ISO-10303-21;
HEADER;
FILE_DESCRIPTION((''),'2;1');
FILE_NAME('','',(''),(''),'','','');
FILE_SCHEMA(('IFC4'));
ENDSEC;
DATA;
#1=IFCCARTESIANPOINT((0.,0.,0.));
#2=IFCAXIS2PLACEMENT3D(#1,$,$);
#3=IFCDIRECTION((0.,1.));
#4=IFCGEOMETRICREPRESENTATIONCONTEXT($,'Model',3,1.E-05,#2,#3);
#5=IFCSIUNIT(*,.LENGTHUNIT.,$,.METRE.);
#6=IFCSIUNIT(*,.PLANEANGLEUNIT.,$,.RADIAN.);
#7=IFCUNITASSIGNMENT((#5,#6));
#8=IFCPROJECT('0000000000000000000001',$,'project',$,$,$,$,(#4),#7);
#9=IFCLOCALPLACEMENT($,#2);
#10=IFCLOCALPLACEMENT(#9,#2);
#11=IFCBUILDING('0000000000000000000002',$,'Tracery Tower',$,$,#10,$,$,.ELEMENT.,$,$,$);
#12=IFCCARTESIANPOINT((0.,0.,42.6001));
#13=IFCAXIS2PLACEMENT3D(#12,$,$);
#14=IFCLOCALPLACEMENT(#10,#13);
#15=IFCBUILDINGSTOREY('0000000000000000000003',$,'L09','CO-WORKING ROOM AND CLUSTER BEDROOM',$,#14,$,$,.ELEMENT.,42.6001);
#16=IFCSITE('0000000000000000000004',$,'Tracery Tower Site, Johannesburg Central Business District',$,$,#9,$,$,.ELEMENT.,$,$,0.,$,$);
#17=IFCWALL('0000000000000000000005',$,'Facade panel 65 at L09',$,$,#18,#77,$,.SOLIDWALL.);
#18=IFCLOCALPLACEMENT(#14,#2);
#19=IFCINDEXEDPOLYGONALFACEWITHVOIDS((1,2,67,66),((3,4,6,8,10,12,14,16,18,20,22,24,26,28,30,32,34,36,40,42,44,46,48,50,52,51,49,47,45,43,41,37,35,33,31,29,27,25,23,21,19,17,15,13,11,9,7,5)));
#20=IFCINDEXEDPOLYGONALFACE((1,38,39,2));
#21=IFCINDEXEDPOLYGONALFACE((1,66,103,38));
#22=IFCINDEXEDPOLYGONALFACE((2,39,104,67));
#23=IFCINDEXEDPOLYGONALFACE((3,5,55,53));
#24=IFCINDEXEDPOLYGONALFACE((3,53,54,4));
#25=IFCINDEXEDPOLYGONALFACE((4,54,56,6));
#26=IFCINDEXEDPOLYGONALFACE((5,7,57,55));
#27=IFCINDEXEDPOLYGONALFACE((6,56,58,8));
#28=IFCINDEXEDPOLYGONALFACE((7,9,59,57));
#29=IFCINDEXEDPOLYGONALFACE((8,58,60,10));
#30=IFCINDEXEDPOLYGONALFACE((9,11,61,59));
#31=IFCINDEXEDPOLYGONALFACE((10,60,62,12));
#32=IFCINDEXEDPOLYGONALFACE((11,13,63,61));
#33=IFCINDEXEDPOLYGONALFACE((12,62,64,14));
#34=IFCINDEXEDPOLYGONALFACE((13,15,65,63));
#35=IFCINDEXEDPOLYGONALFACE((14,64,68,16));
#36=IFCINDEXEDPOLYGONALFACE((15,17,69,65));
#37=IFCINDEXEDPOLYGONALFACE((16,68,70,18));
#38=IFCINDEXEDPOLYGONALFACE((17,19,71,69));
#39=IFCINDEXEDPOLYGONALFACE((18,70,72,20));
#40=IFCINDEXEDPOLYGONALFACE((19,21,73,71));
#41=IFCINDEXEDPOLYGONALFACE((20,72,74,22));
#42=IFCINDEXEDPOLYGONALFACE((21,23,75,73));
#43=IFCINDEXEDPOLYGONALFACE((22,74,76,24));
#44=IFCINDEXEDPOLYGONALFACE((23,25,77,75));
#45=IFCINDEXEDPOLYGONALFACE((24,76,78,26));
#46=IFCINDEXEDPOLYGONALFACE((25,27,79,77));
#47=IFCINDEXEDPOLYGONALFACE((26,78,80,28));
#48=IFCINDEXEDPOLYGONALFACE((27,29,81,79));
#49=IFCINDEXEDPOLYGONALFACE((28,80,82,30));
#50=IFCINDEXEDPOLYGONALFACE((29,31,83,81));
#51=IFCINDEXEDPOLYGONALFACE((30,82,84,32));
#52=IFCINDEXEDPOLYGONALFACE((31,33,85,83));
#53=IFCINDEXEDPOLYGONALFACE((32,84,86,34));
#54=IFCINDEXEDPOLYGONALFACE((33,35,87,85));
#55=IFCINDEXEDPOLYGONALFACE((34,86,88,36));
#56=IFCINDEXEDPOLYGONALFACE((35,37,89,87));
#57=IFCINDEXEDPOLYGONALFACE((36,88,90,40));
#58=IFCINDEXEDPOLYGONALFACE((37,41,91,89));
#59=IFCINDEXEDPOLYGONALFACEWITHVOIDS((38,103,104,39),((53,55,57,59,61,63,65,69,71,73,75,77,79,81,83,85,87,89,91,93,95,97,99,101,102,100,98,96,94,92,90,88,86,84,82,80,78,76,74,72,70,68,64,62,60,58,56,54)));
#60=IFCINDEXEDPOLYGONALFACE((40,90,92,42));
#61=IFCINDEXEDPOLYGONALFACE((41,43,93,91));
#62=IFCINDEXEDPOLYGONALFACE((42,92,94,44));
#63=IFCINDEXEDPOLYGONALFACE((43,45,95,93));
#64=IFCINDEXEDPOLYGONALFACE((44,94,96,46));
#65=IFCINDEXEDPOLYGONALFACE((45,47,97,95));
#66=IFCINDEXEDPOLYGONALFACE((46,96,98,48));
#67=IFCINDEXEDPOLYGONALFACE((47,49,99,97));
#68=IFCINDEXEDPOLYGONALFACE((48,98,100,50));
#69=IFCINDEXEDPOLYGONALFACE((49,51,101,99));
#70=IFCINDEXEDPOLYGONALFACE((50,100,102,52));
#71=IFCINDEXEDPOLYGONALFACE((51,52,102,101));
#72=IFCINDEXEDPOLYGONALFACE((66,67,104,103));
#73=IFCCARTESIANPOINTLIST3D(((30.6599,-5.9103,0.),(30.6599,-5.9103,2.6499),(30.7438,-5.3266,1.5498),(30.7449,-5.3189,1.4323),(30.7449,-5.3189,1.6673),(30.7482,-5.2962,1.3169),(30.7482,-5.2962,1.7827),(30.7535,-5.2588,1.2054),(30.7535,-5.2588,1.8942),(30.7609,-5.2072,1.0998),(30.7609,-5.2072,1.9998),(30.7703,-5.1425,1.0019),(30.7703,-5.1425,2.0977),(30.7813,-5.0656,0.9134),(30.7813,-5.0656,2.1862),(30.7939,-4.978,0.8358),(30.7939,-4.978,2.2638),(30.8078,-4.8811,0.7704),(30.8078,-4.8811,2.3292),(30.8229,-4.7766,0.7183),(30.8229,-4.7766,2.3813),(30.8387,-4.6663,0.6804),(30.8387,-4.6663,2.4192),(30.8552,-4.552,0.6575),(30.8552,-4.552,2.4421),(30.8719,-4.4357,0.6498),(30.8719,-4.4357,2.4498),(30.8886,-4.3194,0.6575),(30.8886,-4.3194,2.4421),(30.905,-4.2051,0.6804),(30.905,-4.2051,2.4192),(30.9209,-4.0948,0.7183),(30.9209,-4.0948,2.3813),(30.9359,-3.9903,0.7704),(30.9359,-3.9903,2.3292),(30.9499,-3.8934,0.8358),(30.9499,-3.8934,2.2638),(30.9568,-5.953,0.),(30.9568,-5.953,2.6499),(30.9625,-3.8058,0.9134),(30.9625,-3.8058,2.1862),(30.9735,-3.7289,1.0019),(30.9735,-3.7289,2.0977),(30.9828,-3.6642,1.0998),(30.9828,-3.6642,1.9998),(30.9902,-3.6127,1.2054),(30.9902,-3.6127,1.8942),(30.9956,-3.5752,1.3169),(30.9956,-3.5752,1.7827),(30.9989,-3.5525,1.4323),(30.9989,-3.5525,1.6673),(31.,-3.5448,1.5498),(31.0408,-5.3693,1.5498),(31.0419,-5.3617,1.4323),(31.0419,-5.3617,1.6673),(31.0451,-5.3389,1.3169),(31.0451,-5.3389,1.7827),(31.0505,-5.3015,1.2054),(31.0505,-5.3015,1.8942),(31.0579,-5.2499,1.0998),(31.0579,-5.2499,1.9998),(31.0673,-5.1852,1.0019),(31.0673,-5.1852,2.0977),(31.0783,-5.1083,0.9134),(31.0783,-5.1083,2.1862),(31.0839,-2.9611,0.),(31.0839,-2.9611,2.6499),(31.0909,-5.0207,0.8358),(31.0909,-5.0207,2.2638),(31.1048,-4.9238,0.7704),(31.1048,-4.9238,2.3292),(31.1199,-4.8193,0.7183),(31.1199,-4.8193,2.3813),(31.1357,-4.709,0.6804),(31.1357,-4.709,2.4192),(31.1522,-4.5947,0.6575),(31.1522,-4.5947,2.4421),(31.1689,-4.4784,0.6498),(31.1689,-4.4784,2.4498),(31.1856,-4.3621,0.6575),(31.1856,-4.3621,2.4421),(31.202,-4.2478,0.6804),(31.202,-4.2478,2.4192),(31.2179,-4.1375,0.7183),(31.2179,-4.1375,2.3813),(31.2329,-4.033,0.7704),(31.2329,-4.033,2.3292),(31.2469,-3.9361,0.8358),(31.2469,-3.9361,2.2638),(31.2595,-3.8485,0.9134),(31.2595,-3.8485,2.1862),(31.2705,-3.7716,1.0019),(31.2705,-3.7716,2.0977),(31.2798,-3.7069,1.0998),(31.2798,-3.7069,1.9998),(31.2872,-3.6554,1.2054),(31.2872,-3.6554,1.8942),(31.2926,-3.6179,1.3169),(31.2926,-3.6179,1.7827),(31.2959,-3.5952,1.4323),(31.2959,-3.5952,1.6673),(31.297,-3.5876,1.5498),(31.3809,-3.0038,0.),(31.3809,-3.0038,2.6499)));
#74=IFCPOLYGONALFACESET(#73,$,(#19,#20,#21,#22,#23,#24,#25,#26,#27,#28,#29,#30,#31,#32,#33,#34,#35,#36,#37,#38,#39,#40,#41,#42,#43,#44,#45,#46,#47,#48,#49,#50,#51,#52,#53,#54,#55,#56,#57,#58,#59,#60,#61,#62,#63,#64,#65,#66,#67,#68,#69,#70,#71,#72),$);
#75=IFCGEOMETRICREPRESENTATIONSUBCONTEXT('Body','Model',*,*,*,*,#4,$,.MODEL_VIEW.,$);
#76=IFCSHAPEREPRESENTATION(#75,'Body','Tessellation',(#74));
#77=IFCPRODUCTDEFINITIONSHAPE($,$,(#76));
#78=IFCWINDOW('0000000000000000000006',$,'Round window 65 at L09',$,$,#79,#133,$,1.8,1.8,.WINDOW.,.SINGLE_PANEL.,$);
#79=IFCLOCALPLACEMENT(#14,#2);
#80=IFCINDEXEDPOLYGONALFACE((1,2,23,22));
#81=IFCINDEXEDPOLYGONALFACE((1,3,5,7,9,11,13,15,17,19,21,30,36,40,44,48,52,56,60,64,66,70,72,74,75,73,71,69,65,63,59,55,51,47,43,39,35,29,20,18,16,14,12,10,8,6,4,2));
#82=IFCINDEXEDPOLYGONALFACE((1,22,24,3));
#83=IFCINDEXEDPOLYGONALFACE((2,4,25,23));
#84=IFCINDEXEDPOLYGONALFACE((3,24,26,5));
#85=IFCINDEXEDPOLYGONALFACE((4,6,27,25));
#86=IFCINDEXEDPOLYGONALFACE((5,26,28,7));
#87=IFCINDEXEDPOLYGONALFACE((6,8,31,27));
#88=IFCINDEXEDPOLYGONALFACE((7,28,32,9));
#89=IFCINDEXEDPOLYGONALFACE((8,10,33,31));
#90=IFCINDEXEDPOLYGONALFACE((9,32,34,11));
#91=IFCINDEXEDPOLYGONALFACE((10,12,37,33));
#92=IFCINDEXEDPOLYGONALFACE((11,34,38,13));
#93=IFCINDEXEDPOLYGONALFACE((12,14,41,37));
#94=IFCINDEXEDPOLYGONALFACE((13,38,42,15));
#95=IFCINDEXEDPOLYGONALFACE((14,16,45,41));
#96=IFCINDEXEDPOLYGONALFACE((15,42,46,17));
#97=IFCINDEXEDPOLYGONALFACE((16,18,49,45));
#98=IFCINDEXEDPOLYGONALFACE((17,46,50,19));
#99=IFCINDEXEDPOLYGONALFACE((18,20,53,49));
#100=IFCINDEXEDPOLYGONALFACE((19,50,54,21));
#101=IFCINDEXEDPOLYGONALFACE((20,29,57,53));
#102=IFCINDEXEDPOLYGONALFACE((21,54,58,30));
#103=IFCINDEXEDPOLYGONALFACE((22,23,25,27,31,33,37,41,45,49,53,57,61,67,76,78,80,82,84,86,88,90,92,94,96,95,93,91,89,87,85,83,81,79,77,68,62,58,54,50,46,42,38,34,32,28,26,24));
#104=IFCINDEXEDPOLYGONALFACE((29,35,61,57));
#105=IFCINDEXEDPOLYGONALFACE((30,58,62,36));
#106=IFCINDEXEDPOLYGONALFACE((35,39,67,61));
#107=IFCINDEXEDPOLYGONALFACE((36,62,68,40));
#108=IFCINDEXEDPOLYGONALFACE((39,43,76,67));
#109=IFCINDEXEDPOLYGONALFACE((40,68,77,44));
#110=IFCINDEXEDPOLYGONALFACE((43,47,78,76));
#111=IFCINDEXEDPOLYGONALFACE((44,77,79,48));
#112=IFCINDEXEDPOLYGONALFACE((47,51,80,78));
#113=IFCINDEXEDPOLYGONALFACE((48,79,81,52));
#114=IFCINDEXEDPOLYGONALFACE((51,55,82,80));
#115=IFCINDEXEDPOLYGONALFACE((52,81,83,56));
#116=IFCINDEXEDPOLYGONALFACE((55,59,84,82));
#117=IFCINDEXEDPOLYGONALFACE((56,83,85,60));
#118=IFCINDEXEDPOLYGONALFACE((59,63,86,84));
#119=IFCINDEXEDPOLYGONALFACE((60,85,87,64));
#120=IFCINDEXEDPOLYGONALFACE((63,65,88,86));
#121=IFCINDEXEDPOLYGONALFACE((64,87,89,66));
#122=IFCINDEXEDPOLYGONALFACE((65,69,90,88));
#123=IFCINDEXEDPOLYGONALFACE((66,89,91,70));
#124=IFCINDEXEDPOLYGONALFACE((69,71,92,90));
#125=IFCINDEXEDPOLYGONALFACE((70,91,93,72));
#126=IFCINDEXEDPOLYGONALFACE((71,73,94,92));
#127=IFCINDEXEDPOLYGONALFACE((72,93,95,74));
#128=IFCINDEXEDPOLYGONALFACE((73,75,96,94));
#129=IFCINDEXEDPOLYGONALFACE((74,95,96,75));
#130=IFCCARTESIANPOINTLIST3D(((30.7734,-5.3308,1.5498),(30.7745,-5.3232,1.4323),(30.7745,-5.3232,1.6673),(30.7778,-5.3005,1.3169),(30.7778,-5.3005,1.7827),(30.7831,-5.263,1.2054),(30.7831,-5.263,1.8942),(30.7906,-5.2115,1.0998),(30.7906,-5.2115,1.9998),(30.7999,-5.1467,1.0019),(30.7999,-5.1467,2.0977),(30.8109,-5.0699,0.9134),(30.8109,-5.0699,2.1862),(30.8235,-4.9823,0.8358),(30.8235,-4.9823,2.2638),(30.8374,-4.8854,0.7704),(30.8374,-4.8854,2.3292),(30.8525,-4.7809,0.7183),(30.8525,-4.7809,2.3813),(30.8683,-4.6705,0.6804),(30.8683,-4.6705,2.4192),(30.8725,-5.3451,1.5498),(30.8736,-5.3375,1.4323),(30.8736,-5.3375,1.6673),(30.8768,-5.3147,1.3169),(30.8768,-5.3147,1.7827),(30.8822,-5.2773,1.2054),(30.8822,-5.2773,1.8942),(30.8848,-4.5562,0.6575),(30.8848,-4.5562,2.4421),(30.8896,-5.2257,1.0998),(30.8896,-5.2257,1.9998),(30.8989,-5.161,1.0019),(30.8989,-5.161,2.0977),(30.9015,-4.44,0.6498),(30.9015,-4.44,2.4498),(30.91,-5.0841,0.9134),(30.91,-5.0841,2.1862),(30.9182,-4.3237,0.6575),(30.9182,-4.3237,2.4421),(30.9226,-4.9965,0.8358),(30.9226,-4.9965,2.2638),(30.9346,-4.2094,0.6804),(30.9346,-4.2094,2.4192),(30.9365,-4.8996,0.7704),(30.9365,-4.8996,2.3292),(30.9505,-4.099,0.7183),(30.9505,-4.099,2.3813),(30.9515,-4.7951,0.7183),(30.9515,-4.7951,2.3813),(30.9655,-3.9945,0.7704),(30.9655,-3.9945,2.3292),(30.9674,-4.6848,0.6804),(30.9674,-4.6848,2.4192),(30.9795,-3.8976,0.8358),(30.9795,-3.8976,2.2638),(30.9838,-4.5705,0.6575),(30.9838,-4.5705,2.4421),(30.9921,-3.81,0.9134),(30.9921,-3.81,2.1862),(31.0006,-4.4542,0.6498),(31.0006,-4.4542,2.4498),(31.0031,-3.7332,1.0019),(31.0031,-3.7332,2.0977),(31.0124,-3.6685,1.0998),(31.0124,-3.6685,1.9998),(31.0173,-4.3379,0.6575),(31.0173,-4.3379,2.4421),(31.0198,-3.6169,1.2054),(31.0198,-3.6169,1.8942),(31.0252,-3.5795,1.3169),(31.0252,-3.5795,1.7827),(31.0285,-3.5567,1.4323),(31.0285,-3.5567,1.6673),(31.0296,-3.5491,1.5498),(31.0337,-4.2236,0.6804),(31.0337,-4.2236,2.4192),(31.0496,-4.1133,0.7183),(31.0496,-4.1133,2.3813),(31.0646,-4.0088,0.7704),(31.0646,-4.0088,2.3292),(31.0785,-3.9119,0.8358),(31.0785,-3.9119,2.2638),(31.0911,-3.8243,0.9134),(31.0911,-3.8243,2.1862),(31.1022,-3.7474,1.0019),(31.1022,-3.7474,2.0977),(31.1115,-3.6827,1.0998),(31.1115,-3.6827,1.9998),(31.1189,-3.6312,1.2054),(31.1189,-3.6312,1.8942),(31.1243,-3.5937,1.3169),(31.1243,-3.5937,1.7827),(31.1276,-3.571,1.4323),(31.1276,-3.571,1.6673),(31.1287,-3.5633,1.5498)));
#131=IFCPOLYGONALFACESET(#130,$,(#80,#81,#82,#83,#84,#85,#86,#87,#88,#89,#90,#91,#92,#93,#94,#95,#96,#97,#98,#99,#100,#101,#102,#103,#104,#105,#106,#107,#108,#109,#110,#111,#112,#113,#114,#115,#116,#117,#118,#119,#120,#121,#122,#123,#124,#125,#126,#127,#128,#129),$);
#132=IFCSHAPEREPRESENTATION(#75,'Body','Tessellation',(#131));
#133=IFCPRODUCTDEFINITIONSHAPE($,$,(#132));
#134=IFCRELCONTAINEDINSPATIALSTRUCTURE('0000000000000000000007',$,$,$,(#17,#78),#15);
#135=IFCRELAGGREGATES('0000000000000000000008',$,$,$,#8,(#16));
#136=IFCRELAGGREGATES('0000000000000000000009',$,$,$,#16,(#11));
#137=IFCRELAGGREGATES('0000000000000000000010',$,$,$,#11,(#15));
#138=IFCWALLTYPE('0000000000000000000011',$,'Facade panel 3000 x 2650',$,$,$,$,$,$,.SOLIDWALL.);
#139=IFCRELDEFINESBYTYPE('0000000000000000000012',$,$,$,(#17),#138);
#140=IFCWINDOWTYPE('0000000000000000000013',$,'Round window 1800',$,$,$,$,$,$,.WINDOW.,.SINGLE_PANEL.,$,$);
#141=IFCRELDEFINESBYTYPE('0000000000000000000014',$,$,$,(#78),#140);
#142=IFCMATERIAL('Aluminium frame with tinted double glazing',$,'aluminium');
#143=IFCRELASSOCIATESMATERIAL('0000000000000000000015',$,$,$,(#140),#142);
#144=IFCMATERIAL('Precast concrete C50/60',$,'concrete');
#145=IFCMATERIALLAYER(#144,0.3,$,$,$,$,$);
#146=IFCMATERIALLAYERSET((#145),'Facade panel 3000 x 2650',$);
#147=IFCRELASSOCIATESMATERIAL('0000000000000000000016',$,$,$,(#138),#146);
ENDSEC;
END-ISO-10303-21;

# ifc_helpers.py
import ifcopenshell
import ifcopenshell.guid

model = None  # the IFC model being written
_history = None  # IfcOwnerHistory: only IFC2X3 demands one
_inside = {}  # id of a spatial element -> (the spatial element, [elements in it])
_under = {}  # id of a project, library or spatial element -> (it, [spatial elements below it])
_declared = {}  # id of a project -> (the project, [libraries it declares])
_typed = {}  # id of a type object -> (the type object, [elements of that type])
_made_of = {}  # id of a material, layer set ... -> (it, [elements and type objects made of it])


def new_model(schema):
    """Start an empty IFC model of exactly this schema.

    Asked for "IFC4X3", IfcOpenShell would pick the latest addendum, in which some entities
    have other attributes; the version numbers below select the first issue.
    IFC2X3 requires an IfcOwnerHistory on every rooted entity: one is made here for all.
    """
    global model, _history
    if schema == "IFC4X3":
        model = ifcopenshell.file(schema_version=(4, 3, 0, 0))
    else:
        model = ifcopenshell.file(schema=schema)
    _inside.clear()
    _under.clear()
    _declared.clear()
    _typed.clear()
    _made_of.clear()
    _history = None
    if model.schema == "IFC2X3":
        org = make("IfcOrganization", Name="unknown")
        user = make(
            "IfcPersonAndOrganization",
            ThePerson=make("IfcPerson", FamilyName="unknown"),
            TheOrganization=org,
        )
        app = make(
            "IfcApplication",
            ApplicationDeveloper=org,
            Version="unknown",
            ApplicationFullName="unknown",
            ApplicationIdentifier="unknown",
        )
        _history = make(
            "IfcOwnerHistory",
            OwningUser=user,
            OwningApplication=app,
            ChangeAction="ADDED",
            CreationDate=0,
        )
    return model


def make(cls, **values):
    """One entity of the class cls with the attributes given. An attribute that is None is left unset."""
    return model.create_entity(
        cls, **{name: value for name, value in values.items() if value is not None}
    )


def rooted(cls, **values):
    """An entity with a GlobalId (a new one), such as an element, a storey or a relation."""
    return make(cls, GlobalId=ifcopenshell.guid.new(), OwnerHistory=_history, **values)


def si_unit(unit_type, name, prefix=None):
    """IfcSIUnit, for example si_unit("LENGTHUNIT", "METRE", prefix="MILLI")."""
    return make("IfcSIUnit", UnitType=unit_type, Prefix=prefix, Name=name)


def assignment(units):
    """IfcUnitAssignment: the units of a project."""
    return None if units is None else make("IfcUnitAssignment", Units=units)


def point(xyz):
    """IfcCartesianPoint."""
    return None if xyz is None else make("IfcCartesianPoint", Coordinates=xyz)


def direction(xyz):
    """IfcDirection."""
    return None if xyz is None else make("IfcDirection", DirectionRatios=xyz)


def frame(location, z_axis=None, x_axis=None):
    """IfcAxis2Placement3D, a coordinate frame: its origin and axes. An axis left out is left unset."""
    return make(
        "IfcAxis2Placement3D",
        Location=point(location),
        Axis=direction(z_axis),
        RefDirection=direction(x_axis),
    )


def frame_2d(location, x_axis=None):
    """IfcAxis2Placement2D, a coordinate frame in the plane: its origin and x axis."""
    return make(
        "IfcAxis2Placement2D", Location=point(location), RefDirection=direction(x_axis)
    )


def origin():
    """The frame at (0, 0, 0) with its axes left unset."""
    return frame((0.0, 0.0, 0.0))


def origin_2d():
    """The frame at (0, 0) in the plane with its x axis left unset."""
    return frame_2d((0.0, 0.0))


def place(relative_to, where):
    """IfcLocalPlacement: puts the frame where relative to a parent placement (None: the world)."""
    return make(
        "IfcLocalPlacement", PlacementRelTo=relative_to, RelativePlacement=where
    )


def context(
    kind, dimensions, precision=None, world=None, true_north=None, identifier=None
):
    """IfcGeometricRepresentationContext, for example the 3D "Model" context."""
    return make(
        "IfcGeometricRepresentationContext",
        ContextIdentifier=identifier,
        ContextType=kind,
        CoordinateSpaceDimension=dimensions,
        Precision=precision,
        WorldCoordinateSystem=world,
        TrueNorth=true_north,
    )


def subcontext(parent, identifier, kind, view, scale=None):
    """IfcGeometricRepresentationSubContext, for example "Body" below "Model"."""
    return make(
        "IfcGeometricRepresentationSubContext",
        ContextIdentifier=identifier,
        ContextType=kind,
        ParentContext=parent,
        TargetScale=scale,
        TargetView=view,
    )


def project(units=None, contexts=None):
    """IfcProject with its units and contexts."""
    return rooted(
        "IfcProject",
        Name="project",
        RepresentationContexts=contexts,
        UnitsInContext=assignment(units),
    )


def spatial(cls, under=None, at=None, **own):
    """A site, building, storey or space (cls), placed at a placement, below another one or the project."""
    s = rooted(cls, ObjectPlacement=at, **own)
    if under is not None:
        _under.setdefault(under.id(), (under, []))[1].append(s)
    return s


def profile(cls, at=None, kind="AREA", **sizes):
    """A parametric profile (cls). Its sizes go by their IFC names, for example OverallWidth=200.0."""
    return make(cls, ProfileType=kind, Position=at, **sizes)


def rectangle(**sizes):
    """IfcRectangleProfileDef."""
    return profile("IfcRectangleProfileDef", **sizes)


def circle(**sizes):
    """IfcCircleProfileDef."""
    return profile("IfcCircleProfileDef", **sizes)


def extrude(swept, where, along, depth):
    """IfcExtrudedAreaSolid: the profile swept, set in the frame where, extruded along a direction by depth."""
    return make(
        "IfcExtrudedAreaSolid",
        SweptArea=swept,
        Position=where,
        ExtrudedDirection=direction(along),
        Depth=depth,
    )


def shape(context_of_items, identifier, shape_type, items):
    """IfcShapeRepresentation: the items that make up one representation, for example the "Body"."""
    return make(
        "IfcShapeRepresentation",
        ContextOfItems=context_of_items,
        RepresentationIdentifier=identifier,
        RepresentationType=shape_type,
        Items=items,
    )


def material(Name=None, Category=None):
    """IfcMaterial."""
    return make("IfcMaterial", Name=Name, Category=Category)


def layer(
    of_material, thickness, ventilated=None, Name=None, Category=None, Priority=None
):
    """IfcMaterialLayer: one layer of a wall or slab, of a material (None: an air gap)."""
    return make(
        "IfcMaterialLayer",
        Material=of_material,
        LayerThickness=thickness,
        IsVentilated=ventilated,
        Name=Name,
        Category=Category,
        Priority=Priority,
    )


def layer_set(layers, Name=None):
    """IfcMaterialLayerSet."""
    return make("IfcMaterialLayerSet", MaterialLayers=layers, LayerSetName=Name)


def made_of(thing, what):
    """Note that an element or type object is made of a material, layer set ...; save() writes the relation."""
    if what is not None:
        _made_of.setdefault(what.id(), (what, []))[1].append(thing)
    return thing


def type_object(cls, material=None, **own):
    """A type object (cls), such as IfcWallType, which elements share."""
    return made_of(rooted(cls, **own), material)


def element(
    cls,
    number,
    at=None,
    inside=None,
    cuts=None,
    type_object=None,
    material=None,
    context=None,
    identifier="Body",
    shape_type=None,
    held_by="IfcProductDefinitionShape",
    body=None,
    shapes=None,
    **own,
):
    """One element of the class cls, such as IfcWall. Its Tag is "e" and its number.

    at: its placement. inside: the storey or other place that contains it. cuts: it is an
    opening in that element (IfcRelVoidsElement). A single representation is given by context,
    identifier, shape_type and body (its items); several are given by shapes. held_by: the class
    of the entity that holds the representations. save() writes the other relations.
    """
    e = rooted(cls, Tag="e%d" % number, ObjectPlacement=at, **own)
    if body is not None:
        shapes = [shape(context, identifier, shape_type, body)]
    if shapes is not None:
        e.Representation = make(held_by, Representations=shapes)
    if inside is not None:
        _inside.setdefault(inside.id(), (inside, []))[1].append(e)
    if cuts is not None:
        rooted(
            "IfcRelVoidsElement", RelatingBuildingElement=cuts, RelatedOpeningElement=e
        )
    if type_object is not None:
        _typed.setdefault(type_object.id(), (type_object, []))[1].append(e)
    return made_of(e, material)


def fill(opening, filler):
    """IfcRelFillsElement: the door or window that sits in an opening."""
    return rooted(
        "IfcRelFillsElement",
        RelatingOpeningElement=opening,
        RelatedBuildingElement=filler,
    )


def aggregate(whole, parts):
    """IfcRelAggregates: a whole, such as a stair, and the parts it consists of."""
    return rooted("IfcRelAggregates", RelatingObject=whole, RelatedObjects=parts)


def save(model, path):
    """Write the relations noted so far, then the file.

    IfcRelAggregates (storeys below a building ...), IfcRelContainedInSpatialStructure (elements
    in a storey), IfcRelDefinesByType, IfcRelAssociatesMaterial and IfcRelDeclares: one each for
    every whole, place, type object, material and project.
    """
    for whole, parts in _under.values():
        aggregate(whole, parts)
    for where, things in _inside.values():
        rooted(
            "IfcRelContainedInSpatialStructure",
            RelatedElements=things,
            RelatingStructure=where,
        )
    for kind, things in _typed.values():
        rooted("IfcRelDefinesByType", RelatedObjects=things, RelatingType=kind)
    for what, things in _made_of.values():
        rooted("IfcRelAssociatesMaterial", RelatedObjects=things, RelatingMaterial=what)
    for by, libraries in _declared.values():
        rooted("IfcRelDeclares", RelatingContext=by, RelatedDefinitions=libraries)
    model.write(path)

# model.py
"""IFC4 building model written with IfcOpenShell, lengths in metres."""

from ifc_helpers import new_model, si_unit, direction, frame, frame_2d, origin, origin_2d, place, context, subcontext, project, spatial, rectangle, circle, extrude, material, layer, layer_set, type_object, element, fill, save


model = new_model("IFC4")

# Units and contexts
model_context = context("Model", 3, precision=1e-05, world=origin(), true_north=direction((0.0, 1.0)))
body_context = subcontext(model_context, "Body", "Model", "MODEL_VIEW")
ifc_project = project(units=[si_unit("LENGTHUNIT", "METRE"), si_unit("PLANEANGLEUNIT", "RADIAN")], contexts=[model_context])

# Site, building, storey
site_placement = place(None, origin())
site = spatial("IfcSite", under=ifc_project, at=site_placement, Name="Tracery Tower Site, Johannesburg Central Business District", CompositionType="ELEMENT", RefElevation=0.0)
building_placement = place(site_placement, origin())
building = spatial("IfcBuilding", under=site, at=building_placement, Name="Tracery Tower", CompositionType="ELEMENT")
storey_placement = place(building_placement, frame((0.0, 0.0, 42.6001)))
storey = spatial("IfcBuildingStorey", under=building, at=storey_placement, Name="L09", Description="CO-WORKING ROOM AND CLUSTER BEDROOM", CompositionType="ELEMENT", Elevation=42.6001)

# Wall, opening, window
ifc_material_1 = material(Name="Aluminium frame with tinted double glazing", Category="aluminium")
window_type = type_object("IfcWindowType", Name="Round window 1800", PartitioningType="SINGLE_PANEL", PredefinedType="WINDOW", material=ifc_material_1)
ifc_material_2 = material(Name="Precast concrete C50/60", Category="concrete")
ifc_layer_1 = layer(ifc_material_2, 0.3)
ifc_layer_set_1 = layer_set([ifc_layer_1], Name="Facade panel 3000 x 2650")
wall_type_1 = type_object("IfcWallType", Name="Facade panel 3000 x 2650", PredefinedType="SOLIDWALL", material=ifc_layer_set_1)
wall_1_placement = place(storey_placement, frame((30.8083, -5.9316, 0.0), z_axis=(0.0, 0.0, 1.0), x_axis=(0.142328, 0.98982, 0.0)))
wall_1 = element("IfcWall", 1, at=wall_1_placement, inside=storey, type_object=wall_type_1, Name="Facade panel 65 at L09", PredefinedType="SOLIDWALL", context=body_context, shape_type="SweptSolid", body=[
    extrude(rectangle(XDim=2.9795, YDim=0.3, at=frame_2d((1.4897, 0.0))), origin(), (0.0, 0.0, 1.0), 2.6499),
])
opening_1_placement = place(wall_1_placement, frame((1.4897, 0.0, 1.5498)))
opening_1 = element("IfcOpeningElement", 2, at=opening_1_placement, cuts=wall_1, PredefinedType="OPENING", context=body_context, shape_type="SweptSolid", body=[
    extrude(circle(Radius=0.9, at=origin_2d()), frame((0.0, 0.1599, 0.0), z_axis=(0.0, -1.0, 0.0), x_axis=(1.0, 0.0, 0.0)), (0.0, 0.0, 1.0), 0.3201),
])
window_1_placement = place(opening_1_placement, origin())
window_1 = element("IfcWindow", 3, at=window_1_placement, inside=storey, type_object=window_type, Name="Round window 65 at L09", OverallHeight=1.8, OverallWidth=1.8, PartitioningType="SINGLE_PANEL", PredefinedType="WINDOW", context=body_context, shape_type="SweptSolid", body=[
    extrude(circle(Radius=0.9, at=origin_2d()), frame((0.0, 0.1201, 0.0), z_axis=(0.0, -1.0, 0.0), x_axis=(1.0, 0.0, 0.0)), (0.0, 0.0, 1.0), 0.1001),
])
fill(opening_1, window_1)

save(model, "model.ifc")
